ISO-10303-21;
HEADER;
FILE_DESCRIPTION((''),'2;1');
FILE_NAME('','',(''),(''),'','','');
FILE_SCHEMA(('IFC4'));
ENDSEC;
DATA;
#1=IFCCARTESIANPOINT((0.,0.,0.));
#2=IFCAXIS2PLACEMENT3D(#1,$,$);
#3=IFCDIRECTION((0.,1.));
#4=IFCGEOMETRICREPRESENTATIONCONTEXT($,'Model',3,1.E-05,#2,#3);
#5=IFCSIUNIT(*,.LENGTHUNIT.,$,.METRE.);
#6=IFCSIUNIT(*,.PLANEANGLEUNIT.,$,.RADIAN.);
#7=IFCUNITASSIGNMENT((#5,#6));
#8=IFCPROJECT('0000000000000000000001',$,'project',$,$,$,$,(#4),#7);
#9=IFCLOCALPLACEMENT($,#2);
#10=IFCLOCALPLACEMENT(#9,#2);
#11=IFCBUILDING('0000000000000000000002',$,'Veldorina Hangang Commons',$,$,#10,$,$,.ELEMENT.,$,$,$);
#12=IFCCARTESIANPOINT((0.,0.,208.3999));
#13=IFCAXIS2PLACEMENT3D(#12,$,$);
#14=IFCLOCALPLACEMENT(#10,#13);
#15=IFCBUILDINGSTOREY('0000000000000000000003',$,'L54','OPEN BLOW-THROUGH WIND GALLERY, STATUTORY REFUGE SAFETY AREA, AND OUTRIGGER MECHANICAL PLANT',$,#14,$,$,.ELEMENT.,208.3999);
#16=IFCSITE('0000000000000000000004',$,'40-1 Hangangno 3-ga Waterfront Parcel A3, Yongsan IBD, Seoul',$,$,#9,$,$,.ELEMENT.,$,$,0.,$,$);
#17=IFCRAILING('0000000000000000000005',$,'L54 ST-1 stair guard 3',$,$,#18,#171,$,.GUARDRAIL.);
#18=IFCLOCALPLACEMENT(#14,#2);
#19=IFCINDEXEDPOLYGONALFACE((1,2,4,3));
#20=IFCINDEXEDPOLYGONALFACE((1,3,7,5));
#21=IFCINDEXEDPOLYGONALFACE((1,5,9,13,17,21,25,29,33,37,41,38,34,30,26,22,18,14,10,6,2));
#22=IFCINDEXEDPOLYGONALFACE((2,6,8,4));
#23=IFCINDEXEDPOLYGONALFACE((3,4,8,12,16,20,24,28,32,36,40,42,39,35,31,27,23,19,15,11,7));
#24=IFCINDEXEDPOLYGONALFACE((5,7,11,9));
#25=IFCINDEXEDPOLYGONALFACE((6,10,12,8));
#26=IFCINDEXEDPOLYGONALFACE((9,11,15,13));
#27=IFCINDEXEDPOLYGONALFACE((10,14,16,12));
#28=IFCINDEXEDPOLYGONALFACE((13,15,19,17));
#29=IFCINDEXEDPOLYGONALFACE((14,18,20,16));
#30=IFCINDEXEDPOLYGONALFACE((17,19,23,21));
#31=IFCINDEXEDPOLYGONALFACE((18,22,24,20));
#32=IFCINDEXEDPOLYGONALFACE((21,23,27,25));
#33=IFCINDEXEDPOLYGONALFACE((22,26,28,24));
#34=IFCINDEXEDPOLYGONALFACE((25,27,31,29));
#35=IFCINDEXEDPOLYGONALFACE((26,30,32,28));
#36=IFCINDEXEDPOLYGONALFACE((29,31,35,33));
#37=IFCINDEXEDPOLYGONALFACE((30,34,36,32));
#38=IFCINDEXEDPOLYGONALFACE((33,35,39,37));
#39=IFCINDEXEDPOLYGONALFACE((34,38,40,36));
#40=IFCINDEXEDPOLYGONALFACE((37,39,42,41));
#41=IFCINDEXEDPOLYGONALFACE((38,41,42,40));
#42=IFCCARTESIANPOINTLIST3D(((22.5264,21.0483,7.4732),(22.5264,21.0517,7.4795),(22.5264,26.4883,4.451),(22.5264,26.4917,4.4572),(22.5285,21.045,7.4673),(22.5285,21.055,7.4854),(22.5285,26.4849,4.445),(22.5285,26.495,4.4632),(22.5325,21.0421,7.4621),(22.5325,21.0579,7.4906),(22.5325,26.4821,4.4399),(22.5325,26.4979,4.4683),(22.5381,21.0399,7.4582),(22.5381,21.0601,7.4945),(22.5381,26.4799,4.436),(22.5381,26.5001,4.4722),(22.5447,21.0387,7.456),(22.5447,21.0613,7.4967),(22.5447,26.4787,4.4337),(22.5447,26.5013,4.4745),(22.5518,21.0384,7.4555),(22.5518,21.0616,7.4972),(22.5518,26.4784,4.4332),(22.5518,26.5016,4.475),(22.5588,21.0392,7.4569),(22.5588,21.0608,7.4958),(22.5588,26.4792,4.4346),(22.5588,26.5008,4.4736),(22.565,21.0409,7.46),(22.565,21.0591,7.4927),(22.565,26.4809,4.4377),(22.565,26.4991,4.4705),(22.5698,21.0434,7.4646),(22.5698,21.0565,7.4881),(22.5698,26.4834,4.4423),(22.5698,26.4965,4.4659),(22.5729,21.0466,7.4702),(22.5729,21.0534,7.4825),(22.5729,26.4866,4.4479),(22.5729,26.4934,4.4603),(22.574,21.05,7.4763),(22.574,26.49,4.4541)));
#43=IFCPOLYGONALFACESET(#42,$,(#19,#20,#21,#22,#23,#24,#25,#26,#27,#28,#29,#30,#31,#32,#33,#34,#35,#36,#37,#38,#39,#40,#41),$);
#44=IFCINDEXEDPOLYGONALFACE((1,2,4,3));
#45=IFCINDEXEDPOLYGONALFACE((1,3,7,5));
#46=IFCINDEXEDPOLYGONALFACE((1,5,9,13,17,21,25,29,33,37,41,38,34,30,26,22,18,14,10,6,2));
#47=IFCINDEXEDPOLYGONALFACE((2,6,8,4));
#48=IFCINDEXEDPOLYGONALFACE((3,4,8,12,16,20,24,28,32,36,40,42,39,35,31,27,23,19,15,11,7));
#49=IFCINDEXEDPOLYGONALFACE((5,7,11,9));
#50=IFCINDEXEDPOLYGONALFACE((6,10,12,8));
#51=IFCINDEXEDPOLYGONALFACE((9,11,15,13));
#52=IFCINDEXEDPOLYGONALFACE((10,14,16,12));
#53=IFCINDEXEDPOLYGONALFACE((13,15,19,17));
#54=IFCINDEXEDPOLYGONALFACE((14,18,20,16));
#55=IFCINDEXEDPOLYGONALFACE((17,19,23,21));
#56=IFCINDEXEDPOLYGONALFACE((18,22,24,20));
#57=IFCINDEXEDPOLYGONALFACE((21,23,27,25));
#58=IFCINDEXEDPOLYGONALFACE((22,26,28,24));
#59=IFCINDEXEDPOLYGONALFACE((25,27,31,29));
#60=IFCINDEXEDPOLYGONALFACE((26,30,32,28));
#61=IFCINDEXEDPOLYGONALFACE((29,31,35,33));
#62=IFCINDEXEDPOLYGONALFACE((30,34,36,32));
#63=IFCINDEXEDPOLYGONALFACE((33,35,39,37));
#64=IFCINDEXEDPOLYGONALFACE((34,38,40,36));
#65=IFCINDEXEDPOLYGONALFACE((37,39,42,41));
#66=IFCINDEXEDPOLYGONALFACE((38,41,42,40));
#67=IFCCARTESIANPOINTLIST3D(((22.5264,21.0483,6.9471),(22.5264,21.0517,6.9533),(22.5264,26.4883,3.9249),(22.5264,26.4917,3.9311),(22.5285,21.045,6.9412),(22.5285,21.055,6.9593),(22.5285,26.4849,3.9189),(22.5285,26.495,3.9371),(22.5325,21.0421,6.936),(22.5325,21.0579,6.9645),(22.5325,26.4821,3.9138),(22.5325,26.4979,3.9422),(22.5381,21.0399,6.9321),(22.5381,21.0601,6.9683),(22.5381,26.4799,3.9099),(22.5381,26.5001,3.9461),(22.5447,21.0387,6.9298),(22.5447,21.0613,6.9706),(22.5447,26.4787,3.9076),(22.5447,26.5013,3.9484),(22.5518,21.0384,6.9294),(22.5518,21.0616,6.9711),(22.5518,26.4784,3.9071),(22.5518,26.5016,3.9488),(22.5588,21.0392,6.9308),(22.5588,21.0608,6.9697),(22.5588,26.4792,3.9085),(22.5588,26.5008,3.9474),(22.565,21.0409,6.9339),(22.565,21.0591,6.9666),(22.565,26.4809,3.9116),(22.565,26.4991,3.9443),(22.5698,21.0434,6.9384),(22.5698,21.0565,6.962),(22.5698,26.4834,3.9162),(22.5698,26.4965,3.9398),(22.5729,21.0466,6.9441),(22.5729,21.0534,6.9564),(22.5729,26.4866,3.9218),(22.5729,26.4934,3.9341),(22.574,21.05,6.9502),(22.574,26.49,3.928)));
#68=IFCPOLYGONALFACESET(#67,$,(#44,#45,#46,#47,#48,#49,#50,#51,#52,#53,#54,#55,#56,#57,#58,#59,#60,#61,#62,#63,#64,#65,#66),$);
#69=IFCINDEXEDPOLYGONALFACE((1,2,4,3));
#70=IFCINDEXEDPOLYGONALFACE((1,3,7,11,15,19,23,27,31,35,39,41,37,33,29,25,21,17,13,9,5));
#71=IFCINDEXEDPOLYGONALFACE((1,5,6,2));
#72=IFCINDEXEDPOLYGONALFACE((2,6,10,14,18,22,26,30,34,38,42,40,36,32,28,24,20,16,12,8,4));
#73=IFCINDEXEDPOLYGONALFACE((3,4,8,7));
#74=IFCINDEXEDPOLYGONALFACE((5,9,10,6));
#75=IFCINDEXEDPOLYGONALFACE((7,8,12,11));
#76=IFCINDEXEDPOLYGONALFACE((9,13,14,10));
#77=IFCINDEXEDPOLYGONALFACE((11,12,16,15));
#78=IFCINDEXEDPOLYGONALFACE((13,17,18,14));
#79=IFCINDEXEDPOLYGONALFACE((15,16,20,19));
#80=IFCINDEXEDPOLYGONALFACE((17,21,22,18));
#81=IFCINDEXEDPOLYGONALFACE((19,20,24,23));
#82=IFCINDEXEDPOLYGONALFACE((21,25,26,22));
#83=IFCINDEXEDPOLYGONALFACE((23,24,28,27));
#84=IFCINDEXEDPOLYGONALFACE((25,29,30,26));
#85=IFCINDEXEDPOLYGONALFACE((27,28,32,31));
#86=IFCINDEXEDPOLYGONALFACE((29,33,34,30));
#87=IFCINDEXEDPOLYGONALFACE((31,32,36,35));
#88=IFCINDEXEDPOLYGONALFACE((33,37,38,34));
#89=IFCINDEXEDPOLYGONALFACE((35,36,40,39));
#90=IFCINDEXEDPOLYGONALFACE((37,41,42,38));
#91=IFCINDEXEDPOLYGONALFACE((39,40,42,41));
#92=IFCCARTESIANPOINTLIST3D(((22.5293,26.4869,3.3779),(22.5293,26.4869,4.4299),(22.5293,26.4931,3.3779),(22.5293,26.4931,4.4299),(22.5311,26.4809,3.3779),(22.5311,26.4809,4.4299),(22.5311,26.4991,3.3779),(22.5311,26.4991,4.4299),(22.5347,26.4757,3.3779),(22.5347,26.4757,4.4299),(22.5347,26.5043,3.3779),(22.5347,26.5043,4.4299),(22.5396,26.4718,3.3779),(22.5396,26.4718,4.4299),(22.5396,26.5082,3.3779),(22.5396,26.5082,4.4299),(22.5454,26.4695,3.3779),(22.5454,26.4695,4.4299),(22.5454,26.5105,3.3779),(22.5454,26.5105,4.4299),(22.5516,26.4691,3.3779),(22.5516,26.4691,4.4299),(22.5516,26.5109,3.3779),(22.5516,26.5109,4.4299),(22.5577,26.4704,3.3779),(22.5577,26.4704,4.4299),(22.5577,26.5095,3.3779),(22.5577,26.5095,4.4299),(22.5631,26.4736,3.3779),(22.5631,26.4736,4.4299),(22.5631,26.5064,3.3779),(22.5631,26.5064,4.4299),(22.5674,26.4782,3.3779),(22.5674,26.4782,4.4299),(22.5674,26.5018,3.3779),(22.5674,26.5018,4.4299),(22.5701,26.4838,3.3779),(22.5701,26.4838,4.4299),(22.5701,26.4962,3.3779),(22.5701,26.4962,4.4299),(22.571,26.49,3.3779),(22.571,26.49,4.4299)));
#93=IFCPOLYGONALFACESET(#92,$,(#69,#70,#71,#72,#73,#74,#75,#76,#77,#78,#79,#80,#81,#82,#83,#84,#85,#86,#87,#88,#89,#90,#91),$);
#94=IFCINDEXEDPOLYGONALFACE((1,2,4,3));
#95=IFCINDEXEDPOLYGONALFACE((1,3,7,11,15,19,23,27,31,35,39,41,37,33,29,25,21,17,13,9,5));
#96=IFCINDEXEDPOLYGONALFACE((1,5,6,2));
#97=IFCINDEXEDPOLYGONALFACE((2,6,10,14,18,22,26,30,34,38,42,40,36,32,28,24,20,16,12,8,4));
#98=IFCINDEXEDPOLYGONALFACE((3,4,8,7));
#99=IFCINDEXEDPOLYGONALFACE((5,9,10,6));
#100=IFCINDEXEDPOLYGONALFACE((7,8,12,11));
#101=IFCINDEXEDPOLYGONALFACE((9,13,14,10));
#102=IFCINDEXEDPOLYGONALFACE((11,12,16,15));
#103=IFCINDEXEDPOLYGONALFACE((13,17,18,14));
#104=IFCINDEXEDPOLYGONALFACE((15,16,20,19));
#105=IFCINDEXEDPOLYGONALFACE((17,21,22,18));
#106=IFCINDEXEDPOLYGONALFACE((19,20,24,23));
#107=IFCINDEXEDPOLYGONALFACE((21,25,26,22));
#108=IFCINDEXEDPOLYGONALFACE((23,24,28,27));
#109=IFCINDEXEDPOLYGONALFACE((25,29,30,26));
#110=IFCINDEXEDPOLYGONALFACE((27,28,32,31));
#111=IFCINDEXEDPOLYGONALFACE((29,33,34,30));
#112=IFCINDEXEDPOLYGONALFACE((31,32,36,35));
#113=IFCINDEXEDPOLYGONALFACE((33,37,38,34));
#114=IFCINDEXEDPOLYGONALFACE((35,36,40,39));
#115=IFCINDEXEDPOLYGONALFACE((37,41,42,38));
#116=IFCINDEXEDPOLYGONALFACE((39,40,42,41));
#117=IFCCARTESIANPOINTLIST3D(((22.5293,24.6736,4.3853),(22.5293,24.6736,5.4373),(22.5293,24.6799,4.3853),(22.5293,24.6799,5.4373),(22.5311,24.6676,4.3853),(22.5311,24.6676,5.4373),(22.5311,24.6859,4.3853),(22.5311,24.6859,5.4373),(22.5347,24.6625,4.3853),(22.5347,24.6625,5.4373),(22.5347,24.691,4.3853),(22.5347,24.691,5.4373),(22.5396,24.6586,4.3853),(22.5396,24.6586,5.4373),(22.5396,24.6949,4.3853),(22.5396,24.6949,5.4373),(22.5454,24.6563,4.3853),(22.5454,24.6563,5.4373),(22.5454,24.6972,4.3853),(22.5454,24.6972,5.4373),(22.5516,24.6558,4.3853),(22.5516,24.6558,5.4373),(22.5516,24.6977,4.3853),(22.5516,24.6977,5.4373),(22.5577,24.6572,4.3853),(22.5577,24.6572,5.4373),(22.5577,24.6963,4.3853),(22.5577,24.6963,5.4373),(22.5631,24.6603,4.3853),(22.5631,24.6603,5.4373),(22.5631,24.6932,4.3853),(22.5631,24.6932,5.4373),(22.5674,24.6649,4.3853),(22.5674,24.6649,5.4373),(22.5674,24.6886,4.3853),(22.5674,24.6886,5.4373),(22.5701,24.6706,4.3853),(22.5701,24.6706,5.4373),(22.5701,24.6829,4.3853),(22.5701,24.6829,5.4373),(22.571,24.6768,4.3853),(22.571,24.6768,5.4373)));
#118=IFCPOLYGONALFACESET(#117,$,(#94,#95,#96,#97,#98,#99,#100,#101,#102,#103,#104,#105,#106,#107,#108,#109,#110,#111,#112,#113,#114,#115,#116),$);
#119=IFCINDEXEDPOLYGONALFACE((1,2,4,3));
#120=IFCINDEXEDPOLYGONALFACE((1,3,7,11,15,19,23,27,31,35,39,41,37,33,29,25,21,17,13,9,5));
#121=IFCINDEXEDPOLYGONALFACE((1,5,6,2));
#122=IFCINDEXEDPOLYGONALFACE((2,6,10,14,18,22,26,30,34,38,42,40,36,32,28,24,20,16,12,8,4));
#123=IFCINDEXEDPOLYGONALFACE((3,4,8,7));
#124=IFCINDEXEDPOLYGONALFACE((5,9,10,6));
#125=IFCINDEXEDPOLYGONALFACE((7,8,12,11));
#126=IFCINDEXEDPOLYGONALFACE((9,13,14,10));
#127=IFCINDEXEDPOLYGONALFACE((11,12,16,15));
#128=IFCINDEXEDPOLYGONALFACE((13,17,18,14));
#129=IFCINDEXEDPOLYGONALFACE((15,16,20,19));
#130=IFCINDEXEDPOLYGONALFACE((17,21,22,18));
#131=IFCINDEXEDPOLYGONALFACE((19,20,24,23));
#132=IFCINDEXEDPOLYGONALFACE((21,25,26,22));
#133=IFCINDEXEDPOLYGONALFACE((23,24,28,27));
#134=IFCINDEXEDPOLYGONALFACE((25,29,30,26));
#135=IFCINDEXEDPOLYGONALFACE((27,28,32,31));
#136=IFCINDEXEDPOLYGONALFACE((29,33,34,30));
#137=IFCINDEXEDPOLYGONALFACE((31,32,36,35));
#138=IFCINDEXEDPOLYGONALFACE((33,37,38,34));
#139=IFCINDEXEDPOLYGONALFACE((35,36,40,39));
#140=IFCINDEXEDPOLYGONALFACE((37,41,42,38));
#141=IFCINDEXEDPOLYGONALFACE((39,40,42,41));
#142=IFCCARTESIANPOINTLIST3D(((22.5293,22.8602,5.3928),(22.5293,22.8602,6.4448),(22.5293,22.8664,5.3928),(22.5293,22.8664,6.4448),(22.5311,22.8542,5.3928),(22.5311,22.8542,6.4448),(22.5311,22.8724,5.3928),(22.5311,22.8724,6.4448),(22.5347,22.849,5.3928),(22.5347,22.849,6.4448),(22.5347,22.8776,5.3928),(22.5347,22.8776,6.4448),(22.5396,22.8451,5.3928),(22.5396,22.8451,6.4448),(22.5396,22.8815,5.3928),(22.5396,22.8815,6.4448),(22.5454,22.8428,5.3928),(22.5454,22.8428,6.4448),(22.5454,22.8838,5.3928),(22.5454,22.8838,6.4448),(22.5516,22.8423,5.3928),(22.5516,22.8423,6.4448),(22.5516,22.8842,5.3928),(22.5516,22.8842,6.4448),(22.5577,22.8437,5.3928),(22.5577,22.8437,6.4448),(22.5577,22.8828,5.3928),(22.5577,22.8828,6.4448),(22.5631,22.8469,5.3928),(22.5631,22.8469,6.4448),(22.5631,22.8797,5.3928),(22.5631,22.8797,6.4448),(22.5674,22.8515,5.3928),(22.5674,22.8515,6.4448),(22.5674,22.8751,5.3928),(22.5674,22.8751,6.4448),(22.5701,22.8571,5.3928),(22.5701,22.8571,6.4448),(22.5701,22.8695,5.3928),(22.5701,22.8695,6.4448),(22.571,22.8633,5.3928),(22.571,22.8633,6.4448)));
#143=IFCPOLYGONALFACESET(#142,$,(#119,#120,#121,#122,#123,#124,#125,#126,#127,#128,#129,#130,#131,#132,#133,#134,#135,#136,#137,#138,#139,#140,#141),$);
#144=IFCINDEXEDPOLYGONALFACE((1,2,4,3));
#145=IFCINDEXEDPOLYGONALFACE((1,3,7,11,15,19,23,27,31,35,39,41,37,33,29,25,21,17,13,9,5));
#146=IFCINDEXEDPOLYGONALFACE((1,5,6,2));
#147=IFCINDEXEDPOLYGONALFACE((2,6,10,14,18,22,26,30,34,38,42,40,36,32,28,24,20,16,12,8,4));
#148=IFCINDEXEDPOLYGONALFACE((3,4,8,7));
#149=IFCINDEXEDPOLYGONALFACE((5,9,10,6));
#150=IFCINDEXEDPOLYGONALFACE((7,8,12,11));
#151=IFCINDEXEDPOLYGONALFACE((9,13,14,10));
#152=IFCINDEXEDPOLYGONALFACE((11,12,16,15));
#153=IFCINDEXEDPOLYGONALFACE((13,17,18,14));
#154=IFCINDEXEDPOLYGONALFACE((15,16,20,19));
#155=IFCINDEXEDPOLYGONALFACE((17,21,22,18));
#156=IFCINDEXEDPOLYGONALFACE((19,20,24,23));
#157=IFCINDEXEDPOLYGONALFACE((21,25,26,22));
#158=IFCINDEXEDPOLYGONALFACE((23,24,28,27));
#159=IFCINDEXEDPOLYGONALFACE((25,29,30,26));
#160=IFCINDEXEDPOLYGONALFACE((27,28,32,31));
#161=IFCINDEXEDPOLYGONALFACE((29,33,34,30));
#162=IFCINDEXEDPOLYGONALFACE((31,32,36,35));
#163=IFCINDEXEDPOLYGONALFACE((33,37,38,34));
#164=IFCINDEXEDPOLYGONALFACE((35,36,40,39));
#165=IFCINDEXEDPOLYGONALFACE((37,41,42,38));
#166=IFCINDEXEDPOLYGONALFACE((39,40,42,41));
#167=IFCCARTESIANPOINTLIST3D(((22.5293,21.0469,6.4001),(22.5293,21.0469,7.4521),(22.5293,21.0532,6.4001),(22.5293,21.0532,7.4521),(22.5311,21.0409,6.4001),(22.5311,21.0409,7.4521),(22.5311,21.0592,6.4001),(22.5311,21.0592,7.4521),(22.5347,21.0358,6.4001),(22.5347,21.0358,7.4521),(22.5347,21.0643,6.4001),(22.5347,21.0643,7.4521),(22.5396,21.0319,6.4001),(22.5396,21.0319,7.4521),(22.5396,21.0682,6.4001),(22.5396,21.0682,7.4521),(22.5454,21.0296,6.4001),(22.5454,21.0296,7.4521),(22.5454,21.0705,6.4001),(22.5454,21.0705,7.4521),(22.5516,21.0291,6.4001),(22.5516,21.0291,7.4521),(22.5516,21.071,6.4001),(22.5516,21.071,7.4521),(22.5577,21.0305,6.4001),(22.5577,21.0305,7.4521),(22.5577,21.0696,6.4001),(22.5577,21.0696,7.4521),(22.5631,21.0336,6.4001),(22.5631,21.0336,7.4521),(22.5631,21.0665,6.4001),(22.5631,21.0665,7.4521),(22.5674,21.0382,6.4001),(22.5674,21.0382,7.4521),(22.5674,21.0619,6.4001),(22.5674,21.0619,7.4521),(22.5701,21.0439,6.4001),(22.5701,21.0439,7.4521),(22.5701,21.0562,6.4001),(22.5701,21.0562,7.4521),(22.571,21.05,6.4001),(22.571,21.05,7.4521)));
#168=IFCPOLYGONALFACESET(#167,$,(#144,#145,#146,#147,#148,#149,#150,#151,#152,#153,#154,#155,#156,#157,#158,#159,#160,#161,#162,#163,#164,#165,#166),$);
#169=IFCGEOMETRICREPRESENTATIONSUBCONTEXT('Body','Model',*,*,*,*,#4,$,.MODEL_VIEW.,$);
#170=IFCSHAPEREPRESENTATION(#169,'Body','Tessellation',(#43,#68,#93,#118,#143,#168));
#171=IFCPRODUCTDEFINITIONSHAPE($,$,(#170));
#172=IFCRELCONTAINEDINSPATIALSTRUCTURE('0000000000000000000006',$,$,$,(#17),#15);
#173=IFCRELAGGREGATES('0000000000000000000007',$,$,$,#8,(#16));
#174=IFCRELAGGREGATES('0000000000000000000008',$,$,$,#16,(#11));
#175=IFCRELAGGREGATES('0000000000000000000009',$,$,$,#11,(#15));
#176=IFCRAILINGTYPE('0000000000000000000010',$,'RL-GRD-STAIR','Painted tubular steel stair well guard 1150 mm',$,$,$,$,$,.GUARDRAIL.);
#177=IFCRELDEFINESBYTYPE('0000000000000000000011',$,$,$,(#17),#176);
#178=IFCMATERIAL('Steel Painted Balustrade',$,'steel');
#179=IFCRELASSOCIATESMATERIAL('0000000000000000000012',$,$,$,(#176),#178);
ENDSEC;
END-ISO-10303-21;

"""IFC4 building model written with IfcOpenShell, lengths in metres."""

from ifc_helpers import new_model, si_unit, direction, frame, origin, origin_2d, place, context, subcontext, project, spatial, circle, extrude, material, type_object, element, save


model = new_model("IFC4")

# Units and contexts
model_context = context("Model", 3, precision=1e-05, world=origin(), true_north=direction((0.0, 1.0)))
body_context = subcontext(model_context, "Body", "Model", "MODEL_VIEW")
ifc_project = project(units=[si_unit("LENGTHUNIT", "METRE"), si_unit("PLANEANGLEUNIT", "RADIAN")], contexts=[model_context])

# Site, building, storey
site_placement = place(None, origin())
site = spatial("IfcSite", under=ifc_project, at=site_placement, Name="40-1 Hangangno 3-ga Waterfront Parcel A3, Yongsan IBD, Seoul", CompositionType="ELEMENT", RefElevation=0.0)
building_placement = place(site_placement, origin())
building = spatial("IfcBuilding", under=site, at=building_placement, Name="Veldorina Hangang Commons", CompositionType="ELEMENT")
storey_placement = place(building_placement, frame((0.0, 0.0, 208.3999)))
storey = spatial("IfcBuildingStorey", under=building, at=storey_placement, Name="L54", Description="OPEN BLOW-THROUGH WIND GALLERY, STATUTORY REFUGE SAFETY AREA, AND OUTRIGGER MECHANICAL PLANT", CompositionType="ELEMENT", Elevation=208.3999)

# Railing
ifc_material_1 = material(Name="Steel Painted Balustrade", Category="steel")
railing_type_1 = type_object("IfcRailingType", Name="RL-GRD-STAIR", Description="Painted tubular steel stair well guard 1150 mm", PredefinedType="GUARDRAIL", material=ifc_material_1)
railing_1_placement = place(storey_placement, frame((22.55, 26.49, 3.3779)))
element("IfcRailing", 1, at=railing_1_placement, inside=storey, type_object=railing_type_1, Name="L54 ST-1 stair guard 3", PredefinedType="GUARDRAIL", context=body_context, shape_type="SweptSolid", body=[
    extrude(circle(Radius=0.0239, at=origin_2d()), frame((0.0, 0.0, 1.0762), z_axis=(0.0, -0.874155, 0.485646), x_axis=(1.0, 0.0, 0.0)), (0.0, 0.0, 1.0), 6.2231),
    extrude(circle(Radius=0.0239, at=origin_2d()), frame((0.0, 0.0, 0.55), z_axis=(0.0, -0.874155, 0.485646), x_axis=(1.0, 0.0, 0.0)), (0.0, 0.0, 1.0), 6.2231),
    extrude(circle(Radius=0.021, at=origin_2d()), origin(), (0.0, 0.0, 1.0), 1.052),
    extrude(circle(Radius=0.021, at=origin_2d()), frame((0.0, -1.8132, 1.0073)), (0.0, 0.0, 1.0), 1.052),
    extrude(circle(Radius=0.021, at=origin_2d()), frame((0.0, -3.6267, 2.0149)), (0.0, 0.0, 1.0), 1.052),
    extrude(circle(Radius=0.021, at=origin_2d()), frame((0.0, -5.4399, 3.0222)), (0.0, 0.0, 1.0), 1.052),
])

save(model, "model.ifc")
